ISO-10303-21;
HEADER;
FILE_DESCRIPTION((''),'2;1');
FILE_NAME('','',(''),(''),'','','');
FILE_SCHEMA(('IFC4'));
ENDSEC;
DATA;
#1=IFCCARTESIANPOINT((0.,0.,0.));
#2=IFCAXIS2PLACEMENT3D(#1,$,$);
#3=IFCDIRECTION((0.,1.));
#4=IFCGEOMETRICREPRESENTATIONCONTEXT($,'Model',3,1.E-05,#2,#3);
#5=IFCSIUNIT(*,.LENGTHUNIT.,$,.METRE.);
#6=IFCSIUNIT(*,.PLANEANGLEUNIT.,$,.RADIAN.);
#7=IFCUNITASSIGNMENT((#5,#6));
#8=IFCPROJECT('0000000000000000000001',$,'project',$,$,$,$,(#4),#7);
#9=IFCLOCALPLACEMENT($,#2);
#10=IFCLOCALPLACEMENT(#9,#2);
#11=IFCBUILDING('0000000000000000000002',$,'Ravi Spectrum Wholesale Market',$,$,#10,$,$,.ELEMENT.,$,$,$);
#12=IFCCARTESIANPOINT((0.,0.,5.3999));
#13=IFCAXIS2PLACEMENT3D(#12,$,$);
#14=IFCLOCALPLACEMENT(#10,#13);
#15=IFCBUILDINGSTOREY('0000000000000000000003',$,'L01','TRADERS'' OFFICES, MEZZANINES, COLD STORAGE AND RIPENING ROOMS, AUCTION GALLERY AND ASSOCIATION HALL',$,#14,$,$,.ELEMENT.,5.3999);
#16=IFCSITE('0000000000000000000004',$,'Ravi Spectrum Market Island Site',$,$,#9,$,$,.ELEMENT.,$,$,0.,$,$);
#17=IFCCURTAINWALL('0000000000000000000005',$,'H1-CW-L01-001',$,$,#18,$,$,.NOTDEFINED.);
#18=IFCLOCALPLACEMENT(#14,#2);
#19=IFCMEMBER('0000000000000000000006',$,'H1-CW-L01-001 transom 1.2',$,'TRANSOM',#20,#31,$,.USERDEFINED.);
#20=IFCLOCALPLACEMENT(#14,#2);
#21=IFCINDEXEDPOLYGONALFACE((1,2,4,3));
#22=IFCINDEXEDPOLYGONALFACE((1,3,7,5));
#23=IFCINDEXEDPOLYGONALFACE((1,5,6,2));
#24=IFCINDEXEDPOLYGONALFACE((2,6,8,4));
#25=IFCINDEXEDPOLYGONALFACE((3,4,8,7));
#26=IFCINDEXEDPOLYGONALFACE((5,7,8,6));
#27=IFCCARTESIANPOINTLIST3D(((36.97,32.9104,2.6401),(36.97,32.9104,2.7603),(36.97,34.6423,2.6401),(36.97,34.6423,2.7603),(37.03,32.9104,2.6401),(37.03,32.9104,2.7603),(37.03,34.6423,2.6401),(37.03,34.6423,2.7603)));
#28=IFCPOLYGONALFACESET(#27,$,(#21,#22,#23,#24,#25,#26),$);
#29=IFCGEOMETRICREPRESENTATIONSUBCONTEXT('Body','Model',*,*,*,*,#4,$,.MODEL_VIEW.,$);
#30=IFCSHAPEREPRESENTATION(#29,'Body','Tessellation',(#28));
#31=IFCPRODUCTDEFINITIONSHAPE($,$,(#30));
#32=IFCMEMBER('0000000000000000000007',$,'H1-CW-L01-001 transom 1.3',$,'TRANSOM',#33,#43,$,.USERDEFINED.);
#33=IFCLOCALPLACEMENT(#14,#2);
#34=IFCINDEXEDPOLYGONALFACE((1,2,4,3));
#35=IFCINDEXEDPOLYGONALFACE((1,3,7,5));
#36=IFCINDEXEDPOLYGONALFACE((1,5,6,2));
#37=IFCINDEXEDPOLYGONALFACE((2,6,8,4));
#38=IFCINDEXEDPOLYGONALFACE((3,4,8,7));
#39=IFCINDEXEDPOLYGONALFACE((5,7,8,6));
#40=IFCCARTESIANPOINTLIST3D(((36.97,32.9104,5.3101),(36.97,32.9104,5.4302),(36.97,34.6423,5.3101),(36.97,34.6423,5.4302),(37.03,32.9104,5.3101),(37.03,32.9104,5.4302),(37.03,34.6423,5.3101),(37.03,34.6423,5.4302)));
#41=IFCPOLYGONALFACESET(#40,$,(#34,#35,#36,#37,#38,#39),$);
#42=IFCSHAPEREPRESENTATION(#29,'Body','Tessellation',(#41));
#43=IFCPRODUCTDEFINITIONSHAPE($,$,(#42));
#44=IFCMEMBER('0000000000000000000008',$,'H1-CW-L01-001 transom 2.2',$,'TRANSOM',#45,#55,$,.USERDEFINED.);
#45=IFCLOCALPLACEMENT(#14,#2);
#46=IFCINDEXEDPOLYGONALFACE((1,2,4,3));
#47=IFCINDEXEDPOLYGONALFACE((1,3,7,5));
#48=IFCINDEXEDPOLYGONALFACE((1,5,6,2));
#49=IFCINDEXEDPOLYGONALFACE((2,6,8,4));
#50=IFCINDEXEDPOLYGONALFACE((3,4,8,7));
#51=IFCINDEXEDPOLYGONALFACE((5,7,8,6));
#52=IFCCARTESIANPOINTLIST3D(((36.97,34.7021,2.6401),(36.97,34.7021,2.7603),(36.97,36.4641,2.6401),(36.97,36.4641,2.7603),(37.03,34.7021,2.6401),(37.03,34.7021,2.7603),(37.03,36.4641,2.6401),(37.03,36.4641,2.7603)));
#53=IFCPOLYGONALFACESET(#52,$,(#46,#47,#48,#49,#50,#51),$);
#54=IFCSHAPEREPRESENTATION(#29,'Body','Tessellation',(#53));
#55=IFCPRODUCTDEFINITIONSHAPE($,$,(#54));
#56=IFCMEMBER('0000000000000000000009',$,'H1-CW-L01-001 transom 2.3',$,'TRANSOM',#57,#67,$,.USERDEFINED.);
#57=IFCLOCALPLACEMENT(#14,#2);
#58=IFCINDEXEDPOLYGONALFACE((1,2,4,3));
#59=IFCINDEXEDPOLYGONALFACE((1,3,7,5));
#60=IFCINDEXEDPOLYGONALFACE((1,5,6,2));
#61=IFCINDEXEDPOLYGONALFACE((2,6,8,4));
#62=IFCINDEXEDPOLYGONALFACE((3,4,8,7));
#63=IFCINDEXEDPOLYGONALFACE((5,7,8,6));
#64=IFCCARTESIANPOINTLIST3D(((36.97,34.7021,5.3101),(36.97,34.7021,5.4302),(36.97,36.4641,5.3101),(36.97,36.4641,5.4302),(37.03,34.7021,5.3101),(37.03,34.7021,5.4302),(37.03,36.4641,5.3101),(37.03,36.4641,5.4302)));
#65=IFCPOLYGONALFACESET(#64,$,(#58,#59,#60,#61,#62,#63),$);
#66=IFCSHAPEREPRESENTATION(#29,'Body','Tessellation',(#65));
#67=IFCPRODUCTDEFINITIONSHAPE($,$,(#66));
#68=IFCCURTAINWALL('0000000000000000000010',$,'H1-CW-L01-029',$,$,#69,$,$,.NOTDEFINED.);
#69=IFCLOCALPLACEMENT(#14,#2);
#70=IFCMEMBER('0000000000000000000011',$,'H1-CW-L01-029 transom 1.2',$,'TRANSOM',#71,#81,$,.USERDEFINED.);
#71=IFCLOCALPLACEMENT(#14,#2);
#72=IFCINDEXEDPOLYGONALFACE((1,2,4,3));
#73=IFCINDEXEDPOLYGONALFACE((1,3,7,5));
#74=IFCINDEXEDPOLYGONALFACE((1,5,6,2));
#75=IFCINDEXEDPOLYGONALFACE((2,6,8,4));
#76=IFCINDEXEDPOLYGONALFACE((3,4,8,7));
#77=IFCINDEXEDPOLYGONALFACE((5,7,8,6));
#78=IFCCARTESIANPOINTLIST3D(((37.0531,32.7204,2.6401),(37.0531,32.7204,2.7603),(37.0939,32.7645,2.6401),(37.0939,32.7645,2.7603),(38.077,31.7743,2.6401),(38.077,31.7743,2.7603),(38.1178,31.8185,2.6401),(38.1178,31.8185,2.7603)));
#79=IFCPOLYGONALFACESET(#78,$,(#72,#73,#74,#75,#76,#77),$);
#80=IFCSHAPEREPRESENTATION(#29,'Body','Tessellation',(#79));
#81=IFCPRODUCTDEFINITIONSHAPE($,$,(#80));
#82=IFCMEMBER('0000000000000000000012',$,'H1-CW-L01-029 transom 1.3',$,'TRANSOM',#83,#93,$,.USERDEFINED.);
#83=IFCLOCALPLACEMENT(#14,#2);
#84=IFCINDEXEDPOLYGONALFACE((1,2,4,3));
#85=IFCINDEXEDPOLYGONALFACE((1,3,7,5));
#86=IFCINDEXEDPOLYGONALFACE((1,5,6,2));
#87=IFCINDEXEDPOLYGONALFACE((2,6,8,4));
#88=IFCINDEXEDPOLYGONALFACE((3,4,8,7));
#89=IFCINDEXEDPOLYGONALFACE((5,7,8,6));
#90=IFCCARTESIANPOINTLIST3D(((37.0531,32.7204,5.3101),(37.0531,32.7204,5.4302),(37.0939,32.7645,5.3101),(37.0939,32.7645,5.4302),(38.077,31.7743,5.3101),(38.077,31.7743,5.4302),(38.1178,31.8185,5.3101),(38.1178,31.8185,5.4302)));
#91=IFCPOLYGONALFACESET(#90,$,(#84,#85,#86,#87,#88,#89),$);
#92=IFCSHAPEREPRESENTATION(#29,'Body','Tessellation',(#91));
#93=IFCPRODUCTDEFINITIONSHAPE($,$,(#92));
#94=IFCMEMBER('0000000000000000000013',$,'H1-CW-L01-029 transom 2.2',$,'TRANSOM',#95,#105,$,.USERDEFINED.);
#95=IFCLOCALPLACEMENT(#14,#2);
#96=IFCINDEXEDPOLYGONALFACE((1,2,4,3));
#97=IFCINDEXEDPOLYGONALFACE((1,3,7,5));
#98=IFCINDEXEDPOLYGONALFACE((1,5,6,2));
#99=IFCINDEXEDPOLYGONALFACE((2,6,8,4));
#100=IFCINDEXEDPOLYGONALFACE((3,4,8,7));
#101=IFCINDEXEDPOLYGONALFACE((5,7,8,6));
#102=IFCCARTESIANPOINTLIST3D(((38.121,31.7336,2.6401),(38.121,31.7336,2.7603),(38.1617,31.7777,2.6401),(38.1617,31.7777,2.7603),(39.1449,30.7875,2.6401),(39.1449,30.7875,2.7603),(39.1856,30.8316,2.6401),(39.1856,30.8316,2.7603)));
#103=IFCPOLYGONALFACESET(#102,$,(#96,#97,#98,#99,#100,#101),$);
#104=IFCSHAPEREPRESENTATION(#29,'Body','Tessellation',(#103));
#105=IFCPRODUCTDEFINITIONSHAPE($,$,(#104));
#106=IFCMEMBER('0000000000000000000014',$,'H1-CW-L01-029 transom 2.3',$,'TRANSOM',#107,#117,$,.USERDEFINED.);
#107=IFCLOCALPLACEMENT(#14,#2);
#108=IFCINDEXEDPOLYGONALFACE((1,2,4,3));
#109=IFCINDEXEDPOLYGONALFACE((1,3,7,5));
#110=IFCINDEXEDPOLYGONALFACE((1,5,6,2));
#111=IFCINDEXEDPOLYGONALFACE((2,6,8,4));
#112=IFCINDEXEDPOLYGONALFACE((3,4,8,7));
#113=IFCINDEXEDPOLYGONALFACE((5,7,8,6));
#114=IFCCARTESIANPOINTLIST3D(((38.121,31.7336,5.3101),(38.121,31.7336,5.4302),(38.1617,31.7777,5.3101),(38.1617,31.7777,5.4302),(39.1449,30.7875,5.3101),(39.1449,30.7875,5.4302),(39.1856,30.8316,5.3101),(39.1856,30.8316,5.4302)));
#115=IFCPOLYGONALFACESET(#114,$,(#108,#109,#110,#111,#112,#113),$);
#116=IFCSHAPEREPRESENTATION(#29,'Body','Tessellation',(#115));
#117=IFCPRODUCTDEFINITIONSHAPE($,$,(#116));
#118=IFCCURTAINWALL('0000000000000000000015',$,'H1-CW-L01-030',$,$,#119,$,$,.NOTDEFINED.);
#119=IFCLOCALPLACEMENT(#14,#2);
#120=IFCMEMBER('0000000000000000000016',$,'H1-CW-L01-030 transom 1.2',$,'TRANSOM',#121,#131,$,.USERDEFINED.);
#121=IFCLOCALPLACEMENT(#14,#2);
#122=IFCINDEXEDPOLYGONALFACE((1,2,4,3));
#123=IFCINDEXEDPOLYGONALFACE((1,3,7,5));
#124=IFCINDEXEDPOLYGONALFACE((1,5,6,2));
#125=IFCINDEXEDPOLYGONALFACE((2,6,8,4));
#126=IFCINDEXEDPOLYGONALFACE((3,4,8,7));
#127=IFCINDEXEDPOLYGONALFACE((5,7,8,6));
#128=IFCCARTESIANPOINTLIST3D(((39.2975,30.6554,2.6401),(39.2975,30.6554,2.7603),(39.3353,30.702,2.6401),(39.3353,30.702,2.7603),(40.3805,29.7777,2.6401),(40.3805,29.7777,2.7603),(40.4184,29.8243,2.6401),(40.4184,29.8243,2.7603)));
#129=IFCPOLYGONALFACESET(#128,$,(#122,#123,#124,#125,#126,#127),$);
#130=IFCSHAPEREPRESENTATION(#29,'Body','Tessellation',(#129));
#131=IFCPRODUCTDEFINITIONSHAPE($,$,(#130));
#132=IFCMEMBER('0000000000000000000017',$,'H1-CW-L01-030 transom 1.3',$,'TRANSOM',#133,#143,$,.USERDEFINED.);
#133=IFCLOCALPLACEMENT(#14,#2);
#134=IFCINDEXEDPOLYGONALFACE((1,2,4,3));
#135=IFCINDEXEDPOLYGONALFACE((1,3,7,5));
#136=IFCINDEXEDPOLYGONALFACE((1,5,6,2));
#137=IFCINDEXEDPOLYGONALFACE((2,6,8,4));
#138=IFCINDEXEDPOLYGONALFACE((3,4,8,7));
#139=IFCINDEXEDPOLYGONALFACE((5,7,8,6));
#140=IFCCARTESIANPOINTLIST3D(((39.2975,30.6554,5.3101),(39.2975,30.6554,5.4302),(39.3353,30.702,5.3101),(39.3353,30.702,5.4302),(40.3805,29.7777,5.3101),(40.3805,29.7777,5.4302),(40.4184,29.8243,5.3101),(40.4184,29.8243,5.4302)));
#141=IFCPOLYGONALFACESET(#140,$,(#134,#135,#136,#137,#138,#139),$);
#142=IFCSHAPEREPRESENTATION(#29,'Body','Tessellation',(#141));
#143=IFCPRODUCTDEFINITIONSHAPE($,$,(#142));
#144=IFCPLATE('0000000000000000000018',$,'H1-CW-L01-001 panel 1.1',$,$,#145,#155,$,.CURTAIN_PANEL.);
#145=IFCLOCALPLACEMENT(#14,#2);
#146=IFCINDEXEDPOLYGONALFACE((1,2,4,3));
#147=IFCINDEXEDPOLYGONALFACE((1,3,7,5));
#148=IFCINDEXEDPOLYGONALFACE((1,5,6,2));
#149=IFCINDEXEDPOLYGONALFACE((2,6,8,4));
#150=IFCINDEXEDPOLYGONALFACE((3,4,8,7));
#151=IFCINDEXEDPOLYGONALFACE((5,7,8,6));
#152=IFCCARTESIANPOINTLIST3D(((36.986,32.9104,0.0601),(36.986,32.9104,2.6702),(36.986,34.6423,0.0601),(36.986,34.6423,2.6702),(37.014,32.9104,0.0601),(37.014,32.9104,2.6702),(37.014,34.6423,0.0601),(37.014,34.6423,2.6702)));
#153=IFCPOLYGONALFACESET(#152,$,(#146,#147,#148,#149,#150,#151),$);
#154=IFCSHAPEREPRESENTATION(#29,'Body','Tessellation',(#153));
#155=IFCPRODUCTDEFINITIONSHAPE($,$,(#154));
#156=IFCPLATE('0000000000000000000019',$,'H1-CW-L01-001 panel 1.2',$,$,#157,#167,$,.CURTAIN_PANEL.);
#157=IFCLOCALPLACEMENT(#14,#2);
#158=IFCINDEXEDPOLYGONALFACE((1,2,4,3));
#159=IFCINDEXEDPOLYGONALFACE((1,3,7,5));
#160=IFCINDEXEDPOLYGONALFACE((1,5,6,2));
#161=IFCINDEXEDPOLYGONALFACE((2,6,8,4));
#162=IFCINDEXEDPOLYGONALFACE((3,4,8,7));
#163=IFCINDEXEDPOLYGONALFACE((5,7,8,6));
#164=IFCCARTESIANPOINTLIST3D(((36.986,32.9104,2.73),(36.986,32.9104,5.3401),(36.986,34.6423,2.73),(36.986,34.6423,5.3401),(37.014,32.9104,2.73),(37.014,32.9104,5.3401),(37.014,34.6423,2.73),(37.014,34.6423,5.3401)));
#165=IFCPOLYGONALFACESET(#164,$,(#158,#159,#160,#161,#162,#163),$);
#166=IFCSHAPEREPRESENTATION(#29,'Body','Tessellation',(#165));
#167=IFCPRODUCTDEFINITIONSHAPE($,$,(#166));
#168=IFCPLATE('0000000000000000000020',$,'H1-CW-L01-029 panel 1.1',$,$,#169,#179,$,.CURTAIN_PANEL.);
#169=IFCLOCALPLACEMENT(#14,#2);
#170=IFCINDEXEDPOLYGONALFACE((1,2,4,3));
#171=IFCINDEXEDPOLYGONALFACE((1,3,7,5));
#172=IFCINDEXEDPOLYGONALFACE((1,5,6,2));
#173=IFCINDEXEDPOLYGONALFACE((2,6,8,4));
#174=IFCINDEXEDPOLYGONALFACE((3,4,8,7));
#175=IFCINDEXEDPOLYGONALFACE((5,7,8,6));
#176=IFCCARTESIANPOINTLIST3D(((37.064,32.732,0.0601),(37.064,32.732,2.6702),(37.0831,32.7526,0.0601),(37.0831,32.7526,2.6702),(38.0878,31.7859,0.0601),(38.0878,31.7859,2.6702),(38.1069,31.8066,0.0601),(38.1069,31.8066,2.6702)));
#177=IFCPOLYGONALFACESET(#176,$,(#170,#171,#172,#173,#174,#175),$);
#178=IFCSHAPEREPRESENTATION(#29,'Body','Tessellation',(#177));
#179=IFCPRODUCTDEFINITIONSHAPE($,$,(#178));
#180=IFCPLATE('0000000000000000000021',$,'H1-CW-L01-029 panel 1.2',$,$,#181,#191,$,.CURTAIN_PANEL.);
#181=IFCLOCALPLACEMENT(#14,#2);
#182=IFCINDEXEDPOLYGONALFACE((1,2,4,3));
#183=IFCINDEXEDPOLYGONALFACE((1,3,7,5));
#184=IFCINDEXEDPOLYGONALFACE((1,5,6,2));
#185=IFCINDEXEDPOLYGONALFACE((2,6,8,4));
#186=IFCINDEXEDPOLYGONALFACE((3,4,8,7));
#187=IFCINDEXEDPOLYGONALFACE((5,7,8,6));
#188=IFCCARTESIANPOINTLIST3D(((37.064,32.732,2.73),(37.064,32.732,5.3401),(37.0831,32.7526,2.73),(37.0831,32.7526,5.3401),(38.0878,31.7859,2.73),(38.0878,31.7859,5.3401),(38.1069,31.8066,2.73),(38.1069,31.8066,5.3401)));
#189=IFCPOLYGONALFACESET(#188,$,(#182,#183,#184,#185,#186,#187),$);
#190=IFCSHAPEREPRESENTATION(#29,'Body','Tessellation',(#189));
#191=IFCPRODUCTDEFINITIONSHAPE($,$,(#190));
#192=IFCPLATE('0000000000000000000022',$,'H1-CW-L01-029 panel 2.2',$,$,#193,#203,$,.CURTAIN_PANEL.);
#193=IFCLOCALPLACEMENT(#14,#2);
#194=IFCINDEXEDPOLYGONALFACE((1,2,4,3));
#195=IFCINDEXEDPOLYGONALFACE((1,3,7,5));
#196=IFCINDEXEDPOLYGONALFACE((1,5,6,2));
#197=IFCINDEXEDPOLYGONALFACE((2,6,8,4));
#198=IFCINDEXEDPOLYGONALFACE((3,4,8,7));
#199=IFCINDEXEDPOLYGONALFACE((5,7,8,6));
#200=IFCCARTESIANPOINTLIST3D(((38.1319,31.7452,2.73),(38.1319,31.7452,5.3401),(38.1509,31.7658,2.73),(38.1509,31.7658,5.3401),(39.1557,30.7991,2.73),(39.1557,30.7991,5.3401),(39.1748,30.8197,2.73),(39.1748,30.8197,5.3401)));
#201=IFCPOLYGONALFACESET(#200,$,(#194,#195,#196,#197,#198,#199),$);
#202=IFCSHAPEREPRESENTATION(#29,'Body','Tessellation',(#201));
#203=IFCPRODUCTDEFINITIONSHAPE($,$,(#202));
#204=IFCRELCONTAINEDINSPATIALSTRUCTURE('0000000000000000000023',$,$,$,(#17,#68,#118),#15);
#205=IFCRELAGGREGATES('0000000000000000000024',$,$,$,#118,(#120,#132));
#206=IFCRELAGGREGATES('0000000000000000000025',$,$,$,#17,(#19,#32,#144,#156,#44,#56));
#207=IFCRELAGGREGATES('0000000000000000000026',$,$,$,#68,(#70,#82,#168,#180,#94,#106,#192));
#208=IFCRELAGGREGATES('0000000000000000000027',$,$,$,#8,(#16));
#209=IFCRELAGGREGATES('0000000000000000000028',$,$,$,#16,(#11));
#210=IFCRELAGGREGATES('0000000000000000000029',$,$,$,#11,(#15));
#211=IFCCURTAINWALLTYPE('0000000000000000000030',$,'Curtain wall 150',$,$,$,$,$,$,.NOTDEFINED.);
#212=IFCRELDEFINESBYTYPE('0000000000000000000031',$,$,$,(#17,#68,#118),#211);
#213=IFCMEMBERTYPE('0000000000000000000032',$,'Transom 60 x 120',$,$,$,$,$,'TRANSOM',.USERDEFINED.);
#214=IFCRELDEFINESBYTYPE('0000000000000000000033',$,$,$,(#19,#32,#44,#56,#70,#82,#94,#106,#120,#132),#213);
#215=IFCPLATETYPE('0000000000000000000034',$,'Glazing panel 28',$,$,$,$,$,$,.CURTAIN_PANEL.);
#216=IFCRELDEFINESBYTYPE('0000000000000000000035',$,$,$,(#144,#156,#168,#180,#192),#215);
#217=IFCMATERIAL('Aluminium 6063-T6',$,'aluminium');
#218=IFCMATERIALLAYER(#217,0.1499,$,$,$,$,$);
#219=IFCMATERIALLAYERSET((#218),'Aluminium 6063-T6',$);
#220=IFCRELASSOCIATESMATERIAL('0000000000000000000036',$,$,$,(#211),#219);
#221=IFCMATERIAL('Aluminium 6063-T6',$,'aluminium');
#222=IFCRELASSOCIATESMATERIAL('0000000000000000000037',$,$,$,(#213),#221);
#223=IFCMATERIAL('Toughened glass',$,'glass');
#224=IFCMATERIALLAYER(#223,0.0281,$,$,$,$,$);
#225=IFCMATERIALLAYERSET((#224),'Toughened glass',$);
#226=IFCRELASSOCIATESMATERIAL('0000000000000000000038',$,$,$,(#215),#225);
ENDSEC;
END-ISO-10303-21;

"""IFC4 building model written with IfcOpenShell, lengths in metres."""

from ifc_helpers import new_model, si_unit, direction, frame, origin, origin_2d, place, context, subcontext, project, spatial, rectangle, extrude, material, layer, layer_set, material_profile, profile_set, type_object, element, aggregate, save


model = new_model("IFC4")

# Units and contexts
model_context = context("Model", 3, precision=1e-05, world=origin(), true_north=direction((0.0, 1.0)))
body_context = subcontext(model_context, "Body", "Model", "MODEL_VIEW")
ifc_project = project(units=[si_unit("LENGTHUNIT", "METRE"), si_unit("PLANEANGLEUNIT", "RADIAN")], contexts=[model_context])

# Site, building, storey
site_placement = place(None, origin())
site = spatial("IfcSite", under=ifc_project, at=site_placement, Name="Ravi Spectrum Market Island Site", CompositionType="ELEMENT", RefElevation=0.0)
building_placement = place(site_placement, origin())
building = spatial("IfcBuilding", under=site, at=building_placement, Name="Ravi Spectrum Wholesale Market", CompositionType="ELEMENT")
storey_placement = place(building_placement, frame((0.0, 0.0, 5.3999)))
storey = spatial("IfcBuildingStorey", under=building, at=storey_placement, Name="L01", Description="TRADERS' OFFICES, MEZZANINES, COLD STORAGE AND RIPENING ROOMS, AUCTION GALLERY AND ASSOCIATION HALL", CompositionType="ELEMENT", Elevation=5.3999)

# Curtain walls, members
ifc_material_1 = material(Name="Aluminium 6063-T6", Category="aluminium")
ifc_layer_1 = layer(ifc_material_1, 0.1499)
ifc_layer_set_1 = layer_set([ifc_layer_1], Name="Aluminium 6063-T6")
curtain_wall_type = type_object("IfcCurtainWallType", Name="Curtain wall 150", PredefinedType="NOTDEFINED", material=ifc_layer_set_1)
curtain_wall_1_placement = place(storey_placement, origin())
curtain_wall_1 = element("IfcCurtainWall", 1, at=curtain_wall_1_placement, inside=storey, type_object=curtain_wall_type, Name="H1-CW-L01-001", PredefinedType="NOTDEFINED")
ifc_material_2 = material(Name="Aluminium 6063-T6", Category="aluminium")
ifc_material_profile = material_profile(ifc_material_2, rectangle(XDim=0.0601, YDim=0.1201, at=origin_2d()))
ifc_profile_set = profile_set([ifc_material_profile], Name="Aluminium 6063-T6")
member_type = type_object("IfcMemberType", Name="Transom 60 x 120", ElementType="TRANSOM", PredefinedType="USERDEFINED", material=ifc_profile_set)
member_1_placement = place(storey_placement, frame((37.0, 32.9104, 2.7002), z_axis=(0.0, 1.0, 0.0), x_axis=(-1.0, 0.0, 0.0)))
member_1 = element("IfcMember", 2, at=member_1_placement, type_object=member_type, Name="H1-CW-L01-001 transom 1.2", ObjectType="TRANSOM", PredefinedType="USERDEFINED", context=body_context, shape_type="SweptSolid", body=[
    extrude(rectangle(XDim=0.0601, YDim=0.1201, at=origin_2d()), origin(), (0.0, 0.0, 1.0), 1.7319),
])
member_2_placement = place(storey_placement, frame((37.0, 32.9104, 5.3701), z_axis=(0.0, 1.0, 0.0), x_axis=(-1.0, 0.0, 0.0)))
member_2 = element("IfcMember", 3, at=member_2_placement, type_object=member_type, Name="H1-CW-L01-001 transom 1.3", ObjectType="TRANSOM", PredefinedType="USERDEFINED", context=body_context, shape_type="SweptSolid", body=[
    extrude(rectangle(XDim=0.0601, YDim=0.1201, at=origin_2d()), origin(), (0.0, 0.0, 1.0), 1.7319),
])
member_3_placement = place(storey_placement, frame((37.0, 34.7021, 2.7002), z_axis=(0.0, 1.0, 0.0), x_axis=(-1.0, 0.0, 0.0)))
member_3 = element("IfcMember", 4, at=member_3_placement, type_object=member_type, Name="H1-CW-L01-001 transom 2.2", ObjectType="TRANSOM", PredefinedType="USERDEFINED", context=body_context, shape_type="SweptSolid", body=[
    extrude(rectangle(XDim=0.0601, YDim=0.1201, at=origin_2d()), origin(), (0.0, 0.0, 1.0), 1.762),
])
member_4_placement = place(storey_placement, frame((37.0, 34.7021, 5.3701), z_axis=(0.0, 1.0, 0.0), x_axis=(-1.0, 0.0, 0.0)))
member_4 = element("IfcMember", 5, at=member_4_placement, type_object=member_type, Name="H1-CW-L01-001 transom 2.3", ObjectType="TRANSOM", PredefinedType="USERDEFINED", context=body_context, shape_type="SweptSolid", body=[
    extrude(rectangle(XDim=0.0601, YDim=0.1201, at=origin_2d()), origin(), (0.0, 0.0, 1.0), 1.762),
])
curtain_wall_2_placement = place(storey_placement, origin())
curtain_wall_2 = element("IfcCurtainWall", 6, at=curtain_wall_2_placement, inside=storey, type_object=curtain_wall_type, Name="H1-CW-L01-029", PredefinedType="NOTDEFINED")
member_5_placement = place(storey_placement, frame((37.0735, 32.7424, 2.7002), z_axis=(0.734488, -0.678622, 0.0), x_axis=(0.678622, 0.734488, 0.0)))
member_5 = element("IfcMember", 7, at=member_5_placement, type_object=member_type, Name="H1-CW-L01-029 transom 1.2", ObjectType="TRANSOM", PredefinedType="USERDEFINED", context=body_context, shape_type="SweptSolid", body=[
    extrude(rectangle(XDim=0.0601, YDim=0.1201, at=origin_2d()), origin(), (0.0, 0.0, 1.0), 1.394),
])
member_6_placement = place(storey_placement, frame((37.0735, 32.7424, 5.3701), z_axis=(0.734488, -0.678622, 0.0), x_axis=(0.678622, 0.734488, 0.0)))
member_6 = element("IfcMember", 8, at=member_6_placement, type_object=member_type, Name="H1-CW-L01-029 transom 1.3", ObjectType="TRANSOM", PredefinedType="USERDEFINED", context=body_context, shape_type="SweptSolid", body=[
    extrude(rectangle(XDim=0.0601, YDim=0.1201, at=origin_2d()), origin(), (0.0, 0.0, 1.0), 1.394),
])
member_7_placement = place(storey_placement, frame((38.1414, 31.7556, 2.7002), z_axis=(0.734488, -0.678622, 0.0), x_axis=(0.678622, 0.734488, 0.0)))
member_7 = element("IfcMember", 9, at=member_7_placement, type_object=member_type, Name="H1-CW-L01-029 transom 2.2", ObjectType="TRANSOM", PredefinedType="USERDEFINED", context=body_context, shape_type="SweptSolid", body=[
    extrude(rectangle(XDim=0.0601, YDim=0.1201, at=origin_2d()), origin(), (0.0, 0.0, 1.0), 1.394),
])
member_8_placement = place(storey_placement, frame((38.1414, 31.7556, 5.3701), z_axis=(0.734488, -0.678622, 0.0), x_axis=(0.678622, 0.734488, 0.0)))
member_8 = element("IfcMember", 10, at=member_8_placement, type_object=member_type, Name="H1-CW-L01-029 transom 2.3", ObjectType="TRANSOM", PredefinedType="USERDEFINED", context=body_context, shape_type="SweptSolid", body=[
    extrude(rectangle(XDim=0.0601, YDim=0.1201, at=origin_2d()), origin(), (0.0, 0.0, 1.0), 1.394),
])
curtain_wall_3_placement = place(storey_placement, origin())
curtain_wall_3 = element("IfcCurtainWall", 11, at=curtain_wall_3_placement, inside=storey, type_object=curtain_wall_type, Name="H1-CW-L01-030", PredefinedType="NOTDEFINED")
member_9_placement = place(storey_placement, frame((39.3164, 30.6787, 2.7002), z_axis=(0.776906, -0.629616, 0.0), x_axis=(0.629616, 0.776906, 0.0)))
member_9 = element("IfcMember", 12, at=member_9_placement, type_object=member_type, Name="H1-CW-L01-030 transom 1.2", ObjectType="TRANSOM", PredefinedType="USERDEFINED", context=body_context, shape_type="SweptSolid", body=[
    extrude(rectangle(XDim=0.0601, YDim=0.1201, at=origin_2d()), origin(), (0.0, 0.0, 1.0), 1.394),
])
member_10_placement = place(storey_placement, frame((39.3164, 30.6787, 5.3701), z_axis=(0.776906, -0.629616, 0.0), x_axis=(0.629616, 0.776906, 0.0)))
member_10 = element("IfcMember", 13, at=member_10_placement, type_object=member_type, Name="H1-CW-L01-030 transom 1.3", ObjectType="TRANSOM", PredefinedType="USERDEFINED", context=body_context, shape_type="SweptSolid", body=[
    extrude(rectangle(XDim=0.0601, YDim=0.1201, at=origin_2d()), origin(), (0.0, 0.0, 1.0), 1.394),
])
aggregate(curtain_wall_3, [member_9, member_10])

# Plates
ifc_material_3 = material(Name="Toughened glass", Category="glass")
ifc_layer_2 = layer(ifc_material_3, 0.0281)
ifc_layer_set_2 = layer_set([ifc_layer_2], Name="Toughened glass")
plate_type = type_object("IfcPlateType", Name="Glazing panel 28", PredefinedType="CURTAIN_PANEL", material=ifc_layer_set_2)
plate_1_placement = place(storey_placement, frame((37.0, 33.7764, 0.0601), z_axis=(0.0, 0.0, 1.0), x_axis=(0.0, 1.0, 0.0)))
plate_1 = element("IfcPlate", 14, at=plate_1_placement, type_object=plate_type, Name="H1-CW-L01-001 panel 1.1", PredefinedType="CURTAIN_PANEL", context=body_context, shape_type="SweptSolid", body=[
    extrude(rectangle(XDim=1.7319, YDim=0.0281, at=origin_2d()), origin(), (0.0, 0.0, 1.0), 2.6101),
])
plate_2_placement = place(storey_placement, frame((37.0, 33.7764, 2.73), z_axis=(0.0, 0.0, 1.0), x_axis=(0.0, 1.0, 0.0)))
plate_2 = element("IfcPlate", 15, at=plate_2_placement, type_object=plate_type, Name="H1-CW-L01-001 panel 1.2", PredefinedType="CURTAIN_PANEL", context=body_context, shape_type="SweptSolid", body=[
    extrude(rectangle(XDim=1.7319, YDim=0.0281, at=origin_2d()), origin(), (0.0, 0.0, 1.0), 2.6101),
])
aggregate(curtain_wall_1, [member_1, member_2, plate_1, plate_2, member_3, member_4])
plate_3_placement = place(storey_placement, frame((37.5854, 32.2693, 0.0601), z_axis=(0.0, 0.0, 1.0), x_axis=(0.734444, -0.678669, 0.0)))
plate_3 = element("IfcPlate", 16, at=plate_3_placement, type_object=plate_type, Name="H1-CW-L01-029 panel 1.1", PredefinedType="CURTAIN_PANEL", context=body_context, shape_type="SweptSolid", body=[
    extrude(rectangle(XDim=1.394, YDim=0.0281, at=origin_2d()), origin(), (0.0, 0.0, 1.0), 2.6101),
])
plate_4_placement = place(storey_placement, frame((37.5854, 32.2693, 2.73), z_axis=(0.0, 0.0, 1.0), x_axis=(0.734444, -0.678669, 0.0)))
plate_4 = element("IfcPlate", 17, at=plate_4_placement, type_object=plate_type, Name="H1-CW-L01-029 panel 1.2", PredefinedType="CURTAIN_PANEL", context=body_context, shape_type="SweptSolid", body=[
    extrude(rectangle(XDim=1.394, YDim=0.0281, at=origin_2d()), origin(), (0.0, 0.0, 1.0), 2.6101),
])
plate_5_placement = place(storey_placement, frame((38.6533, 31.2825, 2.73), z_axis=(0.0, 0.0, 1.0), x_axis=(0.734444, -0.678669, 0.0)))
plate_5 = element("IfcPlate", 18, at=plate_5_placement, type_object=plate_type, Name="H1-CW-L01-029 panel 2.2", PredefinedType="CURTAIN_PANEL", context=body_context, shape_type="SweptSolid", body=[
    extrude(rectangle(XDim=1.394, YDim=0.0281, at=origin_2d()), origin(), (0.0, 0.0, 1.0), 2.6101),
])
aggregate(curtain_wall_2, [member_5, member_6, plate_3, plate_4, member_7, member_8, plate_5])

save(model, "model.ifc")
